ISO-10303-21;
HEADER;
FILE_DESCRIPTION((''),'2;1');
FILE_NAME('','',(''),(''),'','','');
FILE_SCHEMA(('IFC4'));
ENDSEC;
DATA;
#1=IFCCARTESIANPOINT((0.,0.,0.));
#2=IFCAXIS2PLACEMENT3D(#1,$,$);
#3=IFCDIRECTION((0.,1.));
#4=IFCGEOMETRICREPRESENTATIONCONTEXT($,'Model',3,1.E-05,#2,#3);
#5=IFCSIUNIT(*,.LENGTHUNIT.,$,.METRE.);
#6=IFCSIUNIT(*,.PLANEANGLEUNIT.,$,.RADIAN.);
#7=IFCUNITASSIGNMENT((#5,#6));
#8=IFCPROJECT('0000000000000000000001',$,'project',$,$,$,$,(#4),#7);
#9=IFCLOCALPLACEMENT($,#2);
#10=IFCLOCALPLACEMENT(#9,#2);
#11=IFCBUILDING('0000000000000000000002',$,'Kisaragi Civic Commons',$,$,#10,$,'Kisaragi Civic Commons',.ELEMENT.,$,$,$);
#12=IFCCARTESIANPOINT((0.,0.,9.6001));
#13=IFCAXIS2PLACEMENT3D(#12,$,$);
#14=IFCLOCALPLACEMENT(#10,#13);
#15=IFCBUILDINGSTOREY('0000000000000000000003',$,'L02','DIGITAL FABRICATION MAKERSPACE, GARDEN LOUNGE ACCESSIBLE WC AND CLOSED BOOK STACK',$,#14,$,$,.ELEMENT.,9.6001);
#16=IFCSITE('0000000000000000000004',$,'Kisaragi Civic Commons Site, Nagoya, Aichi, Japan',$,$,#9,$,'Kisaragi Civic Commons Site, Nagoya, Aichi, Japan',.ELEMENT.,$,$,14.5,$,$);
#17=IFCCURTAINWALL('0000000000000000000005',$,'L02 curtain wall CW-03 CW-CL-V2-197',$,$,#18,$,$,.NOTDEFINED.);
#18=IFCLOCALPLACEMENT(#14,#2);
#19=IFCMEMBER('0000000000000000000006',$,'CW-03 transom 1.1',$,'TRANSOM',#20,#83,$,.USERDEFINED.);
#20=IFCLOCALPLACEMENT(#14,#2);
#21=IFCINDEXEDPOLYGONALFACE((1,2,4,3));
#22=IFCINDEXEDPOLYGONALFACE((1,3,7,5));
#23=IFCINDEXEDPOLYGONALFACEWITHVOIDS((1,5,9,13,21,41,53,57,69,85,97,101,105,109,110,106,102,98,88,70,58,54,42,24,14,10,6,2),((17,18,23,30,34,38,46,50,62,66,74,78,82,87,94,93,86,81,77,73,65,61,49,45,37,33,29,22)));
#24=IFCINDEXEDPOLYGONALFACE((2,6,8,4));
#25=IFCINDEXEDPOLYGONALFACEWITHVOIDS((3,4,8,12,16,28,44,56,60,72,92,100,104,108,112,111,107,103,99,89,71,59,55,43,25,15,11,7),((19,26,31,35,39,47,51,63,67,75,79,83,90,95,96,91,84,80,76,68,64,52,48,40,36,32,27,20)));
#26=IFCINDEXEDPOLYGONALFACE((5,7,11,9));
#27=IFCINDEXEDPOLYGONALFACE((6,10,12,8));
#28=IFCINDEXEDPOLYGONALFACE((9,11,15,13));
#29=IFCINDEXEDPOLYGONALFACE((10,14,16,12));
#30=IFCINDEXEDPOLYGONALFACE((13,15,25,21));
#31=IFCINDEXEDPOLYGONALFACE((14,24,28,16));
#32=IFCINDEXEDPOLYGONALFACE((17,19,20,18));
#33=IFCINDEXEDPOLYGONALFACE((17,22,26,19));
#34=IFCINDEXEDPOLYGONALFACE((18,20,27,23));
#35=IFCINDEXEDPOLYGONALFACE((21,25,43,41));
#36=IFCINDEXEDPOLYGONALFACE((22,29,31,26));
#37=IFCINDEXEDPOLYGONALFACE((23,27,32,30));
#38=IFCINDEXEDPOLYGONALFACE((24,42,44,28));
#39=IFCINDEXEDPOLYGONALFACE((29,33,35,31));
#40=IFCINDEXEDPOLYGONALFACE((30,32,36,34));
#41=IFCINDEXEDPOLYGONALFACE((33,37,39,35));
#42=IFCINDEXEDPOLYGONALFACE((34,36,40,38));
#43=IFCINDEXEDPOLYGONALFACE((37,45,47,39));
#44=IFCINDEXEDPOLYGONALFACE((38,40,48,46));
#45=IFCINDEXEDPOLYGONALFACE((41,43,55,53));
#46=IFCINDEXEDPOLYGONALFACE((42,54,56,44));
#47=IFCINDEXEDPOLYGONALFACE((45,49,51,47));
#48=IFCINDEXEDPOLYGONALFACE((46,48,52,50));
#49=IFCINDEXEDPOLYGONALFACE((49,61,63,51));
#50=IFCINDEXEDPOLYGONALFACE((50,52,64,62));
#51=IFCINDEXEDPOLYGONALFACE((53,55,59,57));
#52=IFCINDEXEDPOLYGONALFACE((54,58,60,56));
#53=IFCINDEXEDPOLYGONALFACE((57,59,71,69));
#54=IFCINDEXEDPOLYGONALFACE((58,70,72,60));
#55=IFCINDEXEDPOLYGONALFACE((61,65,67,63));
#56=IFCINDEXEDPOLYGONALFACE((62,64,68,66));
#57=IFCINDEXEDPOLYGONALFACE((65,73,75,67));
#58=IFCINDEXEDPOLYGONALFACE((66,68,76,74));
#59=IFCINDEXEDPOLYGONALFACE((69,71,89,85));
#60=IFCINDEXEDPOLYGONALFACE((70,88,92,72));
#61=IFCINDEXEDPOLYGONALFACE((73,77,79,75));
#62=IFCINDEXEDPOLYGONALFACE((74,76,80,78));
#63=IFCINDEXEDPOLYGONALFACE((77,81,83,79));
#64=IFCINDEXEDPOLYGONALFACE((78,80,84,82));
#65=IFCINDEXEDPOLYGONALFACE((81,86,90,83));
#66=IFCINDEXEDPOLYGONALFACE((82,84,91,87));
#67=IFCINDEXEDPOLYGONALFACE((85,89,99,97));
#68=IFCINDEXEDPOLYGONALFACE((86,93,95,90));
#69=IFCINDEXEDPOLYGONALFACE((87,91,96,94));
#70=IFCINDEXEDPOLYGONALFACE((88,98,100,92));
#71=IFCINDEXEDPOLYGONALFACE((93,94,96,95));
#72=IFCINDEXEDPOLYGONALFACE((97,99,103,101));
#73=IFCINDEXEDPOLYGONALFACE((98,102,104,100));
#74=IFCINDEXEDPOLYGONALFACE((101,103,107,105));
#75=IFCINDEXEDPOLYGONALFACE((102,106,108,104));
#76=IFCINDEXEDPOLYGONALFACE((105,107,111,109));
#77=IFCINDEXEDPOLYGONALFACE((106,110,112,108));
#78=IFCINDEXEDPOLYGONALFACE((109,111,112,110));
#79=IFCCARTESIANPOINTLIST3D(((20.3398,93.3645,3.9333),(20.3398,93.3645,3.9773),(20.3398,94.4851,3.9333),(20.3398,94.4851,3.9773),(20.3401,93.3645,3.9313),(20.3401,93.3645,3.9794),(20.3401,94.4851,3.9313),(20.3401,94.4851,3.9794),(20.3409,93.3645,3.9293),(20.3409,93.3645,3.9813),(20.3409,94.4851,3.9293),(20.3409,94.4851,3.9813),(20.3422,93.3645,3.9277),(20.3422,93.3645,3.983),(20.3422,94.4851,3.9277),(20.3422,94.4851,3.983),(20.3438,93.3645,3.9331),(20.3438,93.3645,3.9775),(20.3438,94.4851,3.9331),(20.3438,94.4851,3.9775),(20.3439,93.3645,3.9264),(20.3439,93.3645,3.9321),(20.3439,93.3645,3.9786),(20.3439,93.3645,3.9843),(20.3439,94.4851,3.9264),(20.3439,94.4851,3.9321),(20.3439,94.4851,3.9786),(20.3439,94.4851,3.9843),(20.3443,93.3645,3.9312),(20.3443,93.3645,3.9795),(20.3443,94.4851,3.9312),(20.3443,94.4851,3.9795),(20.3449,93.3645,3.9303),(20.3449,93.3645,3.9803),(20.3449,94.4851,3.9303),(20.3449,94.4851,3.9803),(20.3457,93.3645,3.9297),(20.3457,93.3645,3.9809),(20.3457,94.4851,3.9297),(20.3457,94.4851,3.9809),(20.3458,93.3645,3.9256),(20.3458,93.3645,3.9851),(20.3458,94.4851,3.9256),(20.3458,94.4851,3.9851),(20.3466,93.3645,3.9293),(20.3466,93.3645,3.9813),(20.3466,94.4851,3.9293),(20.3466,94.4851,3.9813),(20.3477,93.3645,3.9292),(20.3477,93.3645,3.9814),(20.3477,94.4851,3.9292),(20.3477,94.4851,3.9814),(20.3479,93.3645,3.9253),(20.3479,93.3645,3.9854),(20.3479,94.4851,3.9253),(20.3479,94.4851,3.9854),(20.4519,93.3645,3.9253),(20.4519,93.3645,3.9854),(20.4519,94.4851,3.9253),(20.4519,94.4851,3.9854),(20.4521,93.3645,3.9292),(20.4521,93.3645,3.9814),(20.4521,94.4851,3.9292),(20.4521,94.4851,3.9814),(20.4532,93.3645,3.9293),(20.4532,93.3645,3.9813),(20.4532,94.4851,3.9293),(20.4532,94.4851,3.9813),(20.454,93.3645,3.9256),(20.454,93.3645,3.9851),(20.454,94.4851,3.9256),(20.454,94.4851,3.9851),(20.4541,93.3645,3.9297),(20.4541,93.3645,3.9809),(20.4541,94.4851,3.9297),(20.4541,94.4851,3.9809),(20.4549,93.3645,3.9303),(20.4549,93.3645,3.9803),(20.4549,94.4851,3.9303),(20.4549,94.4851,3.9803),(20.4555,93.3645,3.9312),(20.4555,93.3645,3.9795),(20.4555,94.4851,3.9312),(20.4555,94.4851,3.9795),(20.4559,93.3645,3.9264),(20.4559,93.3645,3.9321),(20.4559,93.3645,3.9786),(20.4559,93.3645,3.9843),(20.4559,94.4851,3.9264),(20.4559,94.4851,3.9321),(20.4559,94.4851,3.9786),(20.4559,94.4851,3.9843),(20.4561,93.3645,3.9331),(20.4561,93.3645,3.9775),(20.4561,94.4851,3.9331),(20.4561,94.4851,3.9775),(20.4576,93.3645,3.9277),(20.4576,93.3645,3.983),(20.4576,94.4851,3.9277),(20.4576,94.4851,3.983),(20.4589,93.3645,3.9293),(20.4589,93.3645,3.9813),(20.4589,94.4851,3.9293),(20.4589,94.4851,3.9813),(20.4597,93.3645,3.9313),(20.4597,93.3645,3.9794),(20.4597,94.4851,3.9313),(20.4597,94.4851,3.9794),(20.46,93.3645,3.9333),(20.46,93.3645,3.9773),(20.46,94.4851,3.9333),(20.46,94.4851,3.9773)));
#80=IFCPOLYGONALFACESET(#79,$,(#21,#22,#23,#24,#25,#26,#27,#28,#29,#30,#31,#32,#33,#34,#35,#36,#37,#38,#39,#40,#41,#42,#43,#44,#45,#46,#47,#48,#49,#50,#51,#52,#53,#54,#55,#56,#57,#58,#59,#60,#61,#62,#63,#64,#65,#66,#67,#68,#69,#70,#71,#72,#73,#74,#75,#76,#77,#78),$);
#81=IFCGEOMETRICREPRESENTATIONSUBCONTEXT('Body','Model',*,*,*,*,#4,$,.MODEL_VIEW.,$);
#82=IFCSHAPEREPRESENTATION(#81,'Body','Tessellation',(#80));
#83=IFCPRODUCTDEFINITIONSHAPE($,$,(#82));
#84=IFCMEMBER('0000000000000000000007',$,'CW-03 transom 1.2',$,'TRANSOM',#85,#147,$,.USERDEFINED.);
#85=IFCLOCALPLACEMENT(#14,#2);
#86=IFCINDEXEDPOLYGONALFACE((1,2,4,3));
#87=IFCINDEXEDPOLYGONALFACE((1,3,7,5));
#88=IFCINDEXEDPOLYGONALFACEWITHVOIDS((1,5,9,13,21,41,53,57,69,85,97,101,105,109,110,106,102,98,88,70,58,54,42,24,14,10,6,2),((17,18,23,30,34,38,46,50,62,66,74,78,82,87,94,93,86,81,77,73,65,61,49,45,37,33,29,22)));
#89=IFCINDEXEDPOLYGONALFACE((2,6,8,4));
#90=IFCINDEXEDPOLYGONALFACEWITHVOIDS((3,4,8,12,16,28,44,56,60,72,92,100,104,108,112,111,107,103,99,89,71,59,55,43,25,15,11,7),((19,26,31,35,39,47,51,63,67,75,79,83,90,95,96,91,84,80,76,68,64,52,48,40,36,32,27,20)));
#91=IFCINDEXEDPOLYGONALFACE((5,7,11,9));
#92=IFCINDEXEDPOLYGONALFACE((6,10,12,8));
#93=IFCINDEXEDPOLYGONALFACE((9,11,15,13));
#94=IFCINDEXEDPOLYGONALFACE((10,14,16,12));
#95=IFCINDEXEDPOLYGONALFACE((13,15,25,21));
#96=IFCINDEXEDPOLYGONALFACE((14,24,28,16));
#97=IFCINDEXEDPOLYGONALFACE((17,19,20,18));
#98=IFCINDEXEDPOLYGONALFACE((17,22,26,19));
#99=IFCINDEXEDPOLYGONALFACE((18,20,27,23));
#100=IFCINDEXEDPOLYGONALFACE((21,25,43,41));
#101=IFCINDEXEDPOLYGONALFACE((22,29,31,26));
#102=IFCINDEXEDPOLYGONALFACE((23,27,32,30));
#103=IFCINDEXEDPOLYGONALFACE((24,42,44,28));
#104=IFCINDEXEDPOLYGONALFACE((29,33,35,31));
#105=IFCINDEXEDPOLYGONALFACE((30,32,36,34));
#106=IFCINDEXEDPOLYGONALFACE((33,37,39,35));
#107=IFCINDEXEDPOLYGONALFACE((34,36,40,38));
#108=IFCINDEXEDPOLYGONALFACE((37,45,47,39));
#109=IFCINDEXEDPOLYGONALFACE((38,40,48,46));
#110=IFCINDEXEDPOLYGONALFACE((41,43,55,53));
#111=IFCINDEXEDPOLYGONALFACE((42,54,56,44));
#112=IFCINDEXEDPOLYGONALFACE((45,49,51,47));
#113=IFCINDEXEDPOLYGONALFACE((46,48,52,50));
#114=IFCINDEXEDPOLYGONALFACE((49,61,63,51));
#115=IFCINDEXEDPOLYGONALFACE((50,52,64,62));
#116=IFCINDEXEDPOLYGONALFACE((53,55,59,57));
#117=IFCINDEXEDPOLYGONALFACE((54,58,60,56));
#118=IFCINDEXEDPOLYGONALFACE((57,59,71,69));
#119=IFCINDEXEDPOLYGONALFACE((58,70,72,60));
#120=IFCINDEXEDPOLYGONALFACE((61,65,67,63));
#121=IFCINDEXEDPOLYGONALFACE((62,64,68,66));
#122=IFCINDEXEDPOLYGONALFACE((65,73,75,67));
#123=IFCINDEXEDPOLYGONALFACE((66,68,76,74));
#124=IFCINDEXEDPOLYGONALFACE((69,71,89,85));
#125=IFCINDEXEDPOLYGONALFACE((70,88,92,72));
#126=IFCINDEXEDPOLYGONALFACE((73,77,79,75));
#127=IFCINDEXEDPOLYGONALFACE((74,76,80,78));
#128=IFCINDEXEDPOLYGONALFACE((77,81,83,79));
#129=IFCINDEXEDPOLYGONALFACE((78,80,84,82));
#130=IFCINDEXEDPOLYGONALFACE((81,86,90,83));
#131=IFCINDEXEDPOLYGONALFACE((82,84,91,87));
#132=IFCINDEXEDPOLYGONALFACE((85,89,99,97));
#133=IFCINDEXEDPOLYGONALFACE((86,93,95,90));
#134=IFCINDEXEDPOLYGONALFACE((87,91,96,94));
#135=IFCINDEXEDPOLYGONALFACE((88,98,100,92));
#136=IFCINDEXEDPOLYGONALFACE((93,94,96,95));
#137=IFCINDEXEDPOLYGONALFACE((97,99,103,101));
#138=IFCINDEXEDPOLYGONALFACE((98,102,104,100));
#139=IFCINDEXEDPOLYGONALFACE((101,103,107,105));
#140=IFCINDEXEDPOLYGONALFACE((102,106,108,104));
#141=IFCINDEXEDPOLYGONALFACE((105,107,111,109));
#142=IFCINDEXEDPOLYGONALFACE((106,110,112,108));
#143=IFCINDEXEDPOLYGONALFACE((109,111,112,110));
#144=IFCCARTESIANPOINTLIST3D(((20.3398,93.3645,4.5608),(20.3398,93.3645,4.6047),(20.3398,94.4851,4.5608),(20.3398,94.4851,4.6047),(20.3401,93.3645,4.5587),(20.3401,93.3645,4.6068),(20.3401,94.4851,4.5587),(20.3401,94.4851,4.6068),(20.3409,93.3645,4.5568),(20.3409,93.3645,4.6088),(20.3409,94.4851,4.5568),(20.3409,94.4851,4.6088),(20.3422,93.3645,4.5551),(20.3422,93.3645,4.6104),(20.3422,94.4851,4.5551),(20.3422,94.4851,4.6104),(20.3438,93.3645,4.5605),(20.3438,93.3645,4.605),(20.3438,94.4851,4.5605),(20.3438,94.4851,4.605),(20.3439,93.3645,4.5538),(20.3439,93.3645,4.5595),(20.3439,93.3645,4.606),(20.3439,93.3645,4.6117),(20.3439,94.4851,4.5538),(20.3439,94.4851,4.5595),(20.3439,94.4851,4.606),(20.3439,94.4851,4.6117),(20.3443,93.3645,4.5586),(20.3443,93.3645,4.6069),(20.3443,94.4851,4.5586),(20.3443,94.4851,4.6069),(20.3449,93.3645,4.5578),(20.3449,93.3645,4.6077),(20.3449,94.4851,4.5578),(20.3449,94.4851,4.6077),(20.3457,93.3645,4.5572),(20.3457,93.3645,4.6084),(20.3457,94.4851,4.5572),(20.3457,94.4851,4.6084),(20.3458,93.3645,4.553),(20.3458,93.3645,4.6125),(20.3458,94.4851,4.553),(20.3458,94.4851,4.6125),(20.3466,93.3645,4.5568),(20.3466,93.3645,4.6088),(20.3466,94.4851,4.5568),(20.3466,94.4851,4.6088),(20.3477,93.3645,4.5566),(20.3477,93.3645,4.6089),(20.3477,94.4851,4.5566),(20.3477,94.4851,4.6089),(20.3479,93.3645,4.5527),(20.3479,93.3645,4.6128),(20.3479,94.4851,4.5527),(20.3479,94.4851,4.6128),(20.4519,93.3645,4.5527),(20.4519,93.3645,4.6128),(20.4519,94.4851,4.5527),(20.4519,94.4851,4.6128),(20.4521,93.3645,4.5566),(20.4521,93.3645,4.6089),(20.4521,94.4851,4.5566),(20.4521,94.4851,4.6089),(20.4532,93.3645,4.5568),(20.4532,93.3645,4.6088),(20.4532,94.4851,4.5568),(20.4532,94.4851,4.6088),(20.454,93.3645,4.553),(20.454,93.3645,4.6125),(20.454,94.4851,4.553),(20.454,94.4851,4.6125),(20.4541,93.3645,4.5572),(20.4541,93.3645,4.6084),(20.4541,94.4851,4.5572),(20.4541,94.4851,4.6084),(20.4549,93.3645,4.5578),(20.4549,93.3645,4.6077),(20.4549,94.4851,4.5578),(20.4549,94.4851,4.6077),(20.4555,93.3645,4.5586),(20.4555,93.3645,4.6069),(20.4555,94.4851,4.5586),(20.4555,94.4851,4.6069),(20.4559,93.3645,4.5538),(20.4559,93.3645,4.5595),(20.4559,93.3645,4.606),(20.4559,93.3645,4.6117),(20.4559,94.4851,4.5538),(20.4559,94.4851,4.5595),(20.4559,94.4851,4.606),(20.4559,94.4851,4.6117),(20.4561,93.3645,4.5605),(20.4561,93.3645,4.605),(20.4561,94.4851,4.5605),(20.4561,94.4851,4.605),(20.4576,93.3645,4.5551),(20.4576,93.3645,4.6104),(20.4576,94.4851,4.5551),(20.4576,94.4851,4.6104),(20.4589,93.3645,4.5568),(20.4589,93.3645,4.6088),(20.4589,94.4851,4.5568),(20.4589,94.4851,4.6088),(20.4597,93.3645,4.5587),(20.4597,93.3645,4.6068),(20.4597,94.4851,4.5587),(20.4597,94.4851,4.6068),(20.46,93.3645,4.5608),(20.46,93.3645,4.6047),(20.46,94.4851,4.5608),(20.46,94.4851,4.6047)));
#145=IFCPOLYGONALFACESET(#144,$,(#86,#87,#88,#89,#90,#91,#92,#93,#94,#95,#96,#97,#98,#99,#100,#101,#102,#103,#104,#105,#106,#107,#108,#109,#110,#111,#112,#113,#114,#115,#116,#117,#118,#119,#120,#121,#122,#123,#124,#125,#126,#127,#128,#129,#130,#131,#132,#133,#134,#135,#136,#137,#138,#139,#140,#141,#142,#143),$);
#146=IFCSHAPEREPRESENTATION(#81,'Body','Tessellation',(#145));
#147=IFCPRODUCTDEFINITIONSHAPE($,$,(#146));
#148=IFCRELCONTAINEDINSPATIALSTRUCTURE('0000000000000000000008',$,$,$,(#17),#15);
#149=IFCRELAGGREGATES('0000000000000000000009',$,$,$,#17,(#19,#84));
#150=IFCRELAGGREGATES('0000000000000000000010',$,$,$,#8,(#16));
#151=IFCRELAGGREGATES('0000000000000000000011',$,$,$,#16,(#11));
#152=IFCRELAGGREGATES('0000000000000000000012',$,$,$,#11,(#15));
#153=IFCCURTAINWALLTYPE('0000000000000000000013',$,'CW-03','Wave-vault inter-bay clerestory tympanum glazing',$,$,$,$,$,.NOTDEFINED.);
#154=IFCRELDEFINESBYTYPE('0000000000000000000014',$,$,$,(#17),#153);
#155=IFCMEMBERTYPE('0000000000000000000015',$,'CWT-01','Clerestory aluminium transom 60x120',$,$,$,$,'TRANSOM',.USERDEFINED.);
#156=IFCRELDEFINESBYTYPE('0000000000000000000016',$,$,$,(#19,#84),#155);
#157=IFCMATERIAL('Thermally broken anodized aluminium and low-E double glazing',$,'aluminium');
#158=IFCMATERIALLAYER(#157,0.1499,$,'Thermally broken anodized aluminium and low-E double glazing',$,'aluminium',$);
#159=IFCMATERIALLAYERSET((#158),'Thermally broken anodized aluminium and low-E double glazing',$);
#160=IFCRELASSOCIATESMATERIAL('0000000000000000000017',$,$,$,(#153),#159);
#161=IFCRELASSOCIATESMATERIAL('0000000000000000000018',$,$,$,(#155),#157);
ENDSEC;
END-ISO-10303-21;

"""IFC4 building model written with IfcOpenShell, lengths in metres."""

from ifc_helpers import new_model, si_unit, direction, frame, origin, origin_2d, place, context, subcontext, project, spatial, hollow_rectangle, extrude, material, layer, layer_set, material_profile, profile_set, type_object, element, aggregate, save


model = new_model("IFC4")

# Units and contexts
model_context = context("Model", 3, precision=1e-05, world=origin(), true_north=direction((0.0, 1.0)))
body_context = subcontext(model_context, "Body", "Model", "MODEL_VIEW")
ifc_project = project(units=[si_unit("LENGTHUNIT", "METRE"), si_unit("PLANEANGLEUNIT", "RADIAN")], contexts=[model_context])

# Site, building, storey
site_placement = place(None, origin())
site = spatial("IfcSite", under=ifc_project, at=site_placement, Name="Kisaragi Civic Commons Site, Nagoya, Aichi, Japan", LongName="Kisaragi Civic Commons Site, Nagoya, Aichi, Japan", CompositionType="ELEMENT", RefElevation=14.5)
building_placement = place(site_placement, origin())
building = spatial("IfcBuilding", under=site, at=building_placement, Name="Kisaragi Civic Commons", LongName="Kisaragi Civic Commons", CompositionType="ELEMENT")
storey_placement = place(building_placement, frame((0.0, 0.0, 9.6001)))
storey = spatial("IfcBuildingStorey", under=building, at=storey_placement, Name="L02", Description="DIGITAL FABRICATION MAKERSPACE, GARDEN LOUNGE ACCESSIBLE WC AND CLOSED BOOK STACK", CompositionType="ELEMENT", Elevation=9.6001)

# Shared definitions
ifc_material_1 = material(Name="Thermally broken anodized aluminium and low-E double glazing", Category="aluminium")
ifc_layer_1 = layer(ifc_material_1, 0.1499, Name="Thermally broken anodized aluminium and low-E double glazing", Category="aluminium")
ifc_layer_set_1 = layer_set([ifc_layer_1], Name="Thermally broken anodized aluminium and low-E double glazing")
curtain_wall_type = type_object("IfcCurtainWallType", Name="CW-03", Description="Wave-vault inter-bay clerestory tympanum glazing", PredefinedType="NOTDEFINED", material=ifc_layer_set_1)

# Curtain wall, members
curtain_wall_1_placement = place(storey_placement, origin())
curtain_wall_1 = element("IfcCurtainWall", 1, at=curtain_wall_1_placement, inside=storey, type_object=curtain_wall_type, Name="L02 curtain wall CW-03 CW-CL-V2-197", PredefinedType="NOTDEFINED")
ifc_material_profile_1 = material_profile(ifc_material_1, hollow_rectangle(XDim=0.1201, YDim=0.0601, WallThickness=0.0039, InnerFilletRadius=0.0039, OuterFilletRadius=0.0081, at=origin_2d()), Name="CWT-60x120x4", Category="aluminium")
ifc_profile_set_1 = profile_set([ifc_material_profile_1], Name="Thermally broken anodized aluminium and low-E double glazing")
member_type_1 = type_object("IfcMemberType", Name="CWT-01", Description="Clerestory aluminium transom 60x120", ElementType="TRANSOM", PredefinedType="USERDEFINED", material=ifc_profile_set_1)
member_1_placement = place(storey_placement, frame((20.3999, 93.3645, 3.9553), z_axis=(0.0, 1.0, 0.0), x_axis=(-1.0, 0.0, 0.0)))
member_1 = element("IfcMember", 2, at=member_1_placement, type_object=member_type_1, Name="CW-03 transom 1.1", ObjectType="TRANSOM", PredefinedType="USERDEFINED", context=body_context, shape_type="SweptSolid", body=[
    extrude(hollow_rectangle(XDim=0.1201, YDim=0.0601, WallThickness=0.0039, InnerFilletRadius=0.0039, OuterFilletRadius=0.0081, at=origin_2d()), origin(), (0.0, 0.0, 1.0), 1.1206),
])
member_2_placement = place(storey_placement, frame((20.3999, 93.3645, 4.5828), z_axis=(0.0, 1.0, 0.0), x_axis=(-1.0, 0.0, 0.0)))
member_2 = element("IfcMember", 3, at=member_2_placement, type_object=member_type_1, Name="CW-03 transom 1.2", ObjectType="TRANSOM", PredefinedType="USERDEFINED", context=body_context, shape_type="SweptSolid", body=[
    extrude(hollow_rectangle(XDim=0.1201, YDim=0.0601, WallThickness=0.0039, InnerFilletRadius=0.0039, OuterFilletRadius=0.0081, at=origin_2d()), origin(), (0.0, 0.0, 1.0), 1.1206),
])

aggregate(curtain_wall_1, [member_1, member_2])

save(model, "model.ifc")
